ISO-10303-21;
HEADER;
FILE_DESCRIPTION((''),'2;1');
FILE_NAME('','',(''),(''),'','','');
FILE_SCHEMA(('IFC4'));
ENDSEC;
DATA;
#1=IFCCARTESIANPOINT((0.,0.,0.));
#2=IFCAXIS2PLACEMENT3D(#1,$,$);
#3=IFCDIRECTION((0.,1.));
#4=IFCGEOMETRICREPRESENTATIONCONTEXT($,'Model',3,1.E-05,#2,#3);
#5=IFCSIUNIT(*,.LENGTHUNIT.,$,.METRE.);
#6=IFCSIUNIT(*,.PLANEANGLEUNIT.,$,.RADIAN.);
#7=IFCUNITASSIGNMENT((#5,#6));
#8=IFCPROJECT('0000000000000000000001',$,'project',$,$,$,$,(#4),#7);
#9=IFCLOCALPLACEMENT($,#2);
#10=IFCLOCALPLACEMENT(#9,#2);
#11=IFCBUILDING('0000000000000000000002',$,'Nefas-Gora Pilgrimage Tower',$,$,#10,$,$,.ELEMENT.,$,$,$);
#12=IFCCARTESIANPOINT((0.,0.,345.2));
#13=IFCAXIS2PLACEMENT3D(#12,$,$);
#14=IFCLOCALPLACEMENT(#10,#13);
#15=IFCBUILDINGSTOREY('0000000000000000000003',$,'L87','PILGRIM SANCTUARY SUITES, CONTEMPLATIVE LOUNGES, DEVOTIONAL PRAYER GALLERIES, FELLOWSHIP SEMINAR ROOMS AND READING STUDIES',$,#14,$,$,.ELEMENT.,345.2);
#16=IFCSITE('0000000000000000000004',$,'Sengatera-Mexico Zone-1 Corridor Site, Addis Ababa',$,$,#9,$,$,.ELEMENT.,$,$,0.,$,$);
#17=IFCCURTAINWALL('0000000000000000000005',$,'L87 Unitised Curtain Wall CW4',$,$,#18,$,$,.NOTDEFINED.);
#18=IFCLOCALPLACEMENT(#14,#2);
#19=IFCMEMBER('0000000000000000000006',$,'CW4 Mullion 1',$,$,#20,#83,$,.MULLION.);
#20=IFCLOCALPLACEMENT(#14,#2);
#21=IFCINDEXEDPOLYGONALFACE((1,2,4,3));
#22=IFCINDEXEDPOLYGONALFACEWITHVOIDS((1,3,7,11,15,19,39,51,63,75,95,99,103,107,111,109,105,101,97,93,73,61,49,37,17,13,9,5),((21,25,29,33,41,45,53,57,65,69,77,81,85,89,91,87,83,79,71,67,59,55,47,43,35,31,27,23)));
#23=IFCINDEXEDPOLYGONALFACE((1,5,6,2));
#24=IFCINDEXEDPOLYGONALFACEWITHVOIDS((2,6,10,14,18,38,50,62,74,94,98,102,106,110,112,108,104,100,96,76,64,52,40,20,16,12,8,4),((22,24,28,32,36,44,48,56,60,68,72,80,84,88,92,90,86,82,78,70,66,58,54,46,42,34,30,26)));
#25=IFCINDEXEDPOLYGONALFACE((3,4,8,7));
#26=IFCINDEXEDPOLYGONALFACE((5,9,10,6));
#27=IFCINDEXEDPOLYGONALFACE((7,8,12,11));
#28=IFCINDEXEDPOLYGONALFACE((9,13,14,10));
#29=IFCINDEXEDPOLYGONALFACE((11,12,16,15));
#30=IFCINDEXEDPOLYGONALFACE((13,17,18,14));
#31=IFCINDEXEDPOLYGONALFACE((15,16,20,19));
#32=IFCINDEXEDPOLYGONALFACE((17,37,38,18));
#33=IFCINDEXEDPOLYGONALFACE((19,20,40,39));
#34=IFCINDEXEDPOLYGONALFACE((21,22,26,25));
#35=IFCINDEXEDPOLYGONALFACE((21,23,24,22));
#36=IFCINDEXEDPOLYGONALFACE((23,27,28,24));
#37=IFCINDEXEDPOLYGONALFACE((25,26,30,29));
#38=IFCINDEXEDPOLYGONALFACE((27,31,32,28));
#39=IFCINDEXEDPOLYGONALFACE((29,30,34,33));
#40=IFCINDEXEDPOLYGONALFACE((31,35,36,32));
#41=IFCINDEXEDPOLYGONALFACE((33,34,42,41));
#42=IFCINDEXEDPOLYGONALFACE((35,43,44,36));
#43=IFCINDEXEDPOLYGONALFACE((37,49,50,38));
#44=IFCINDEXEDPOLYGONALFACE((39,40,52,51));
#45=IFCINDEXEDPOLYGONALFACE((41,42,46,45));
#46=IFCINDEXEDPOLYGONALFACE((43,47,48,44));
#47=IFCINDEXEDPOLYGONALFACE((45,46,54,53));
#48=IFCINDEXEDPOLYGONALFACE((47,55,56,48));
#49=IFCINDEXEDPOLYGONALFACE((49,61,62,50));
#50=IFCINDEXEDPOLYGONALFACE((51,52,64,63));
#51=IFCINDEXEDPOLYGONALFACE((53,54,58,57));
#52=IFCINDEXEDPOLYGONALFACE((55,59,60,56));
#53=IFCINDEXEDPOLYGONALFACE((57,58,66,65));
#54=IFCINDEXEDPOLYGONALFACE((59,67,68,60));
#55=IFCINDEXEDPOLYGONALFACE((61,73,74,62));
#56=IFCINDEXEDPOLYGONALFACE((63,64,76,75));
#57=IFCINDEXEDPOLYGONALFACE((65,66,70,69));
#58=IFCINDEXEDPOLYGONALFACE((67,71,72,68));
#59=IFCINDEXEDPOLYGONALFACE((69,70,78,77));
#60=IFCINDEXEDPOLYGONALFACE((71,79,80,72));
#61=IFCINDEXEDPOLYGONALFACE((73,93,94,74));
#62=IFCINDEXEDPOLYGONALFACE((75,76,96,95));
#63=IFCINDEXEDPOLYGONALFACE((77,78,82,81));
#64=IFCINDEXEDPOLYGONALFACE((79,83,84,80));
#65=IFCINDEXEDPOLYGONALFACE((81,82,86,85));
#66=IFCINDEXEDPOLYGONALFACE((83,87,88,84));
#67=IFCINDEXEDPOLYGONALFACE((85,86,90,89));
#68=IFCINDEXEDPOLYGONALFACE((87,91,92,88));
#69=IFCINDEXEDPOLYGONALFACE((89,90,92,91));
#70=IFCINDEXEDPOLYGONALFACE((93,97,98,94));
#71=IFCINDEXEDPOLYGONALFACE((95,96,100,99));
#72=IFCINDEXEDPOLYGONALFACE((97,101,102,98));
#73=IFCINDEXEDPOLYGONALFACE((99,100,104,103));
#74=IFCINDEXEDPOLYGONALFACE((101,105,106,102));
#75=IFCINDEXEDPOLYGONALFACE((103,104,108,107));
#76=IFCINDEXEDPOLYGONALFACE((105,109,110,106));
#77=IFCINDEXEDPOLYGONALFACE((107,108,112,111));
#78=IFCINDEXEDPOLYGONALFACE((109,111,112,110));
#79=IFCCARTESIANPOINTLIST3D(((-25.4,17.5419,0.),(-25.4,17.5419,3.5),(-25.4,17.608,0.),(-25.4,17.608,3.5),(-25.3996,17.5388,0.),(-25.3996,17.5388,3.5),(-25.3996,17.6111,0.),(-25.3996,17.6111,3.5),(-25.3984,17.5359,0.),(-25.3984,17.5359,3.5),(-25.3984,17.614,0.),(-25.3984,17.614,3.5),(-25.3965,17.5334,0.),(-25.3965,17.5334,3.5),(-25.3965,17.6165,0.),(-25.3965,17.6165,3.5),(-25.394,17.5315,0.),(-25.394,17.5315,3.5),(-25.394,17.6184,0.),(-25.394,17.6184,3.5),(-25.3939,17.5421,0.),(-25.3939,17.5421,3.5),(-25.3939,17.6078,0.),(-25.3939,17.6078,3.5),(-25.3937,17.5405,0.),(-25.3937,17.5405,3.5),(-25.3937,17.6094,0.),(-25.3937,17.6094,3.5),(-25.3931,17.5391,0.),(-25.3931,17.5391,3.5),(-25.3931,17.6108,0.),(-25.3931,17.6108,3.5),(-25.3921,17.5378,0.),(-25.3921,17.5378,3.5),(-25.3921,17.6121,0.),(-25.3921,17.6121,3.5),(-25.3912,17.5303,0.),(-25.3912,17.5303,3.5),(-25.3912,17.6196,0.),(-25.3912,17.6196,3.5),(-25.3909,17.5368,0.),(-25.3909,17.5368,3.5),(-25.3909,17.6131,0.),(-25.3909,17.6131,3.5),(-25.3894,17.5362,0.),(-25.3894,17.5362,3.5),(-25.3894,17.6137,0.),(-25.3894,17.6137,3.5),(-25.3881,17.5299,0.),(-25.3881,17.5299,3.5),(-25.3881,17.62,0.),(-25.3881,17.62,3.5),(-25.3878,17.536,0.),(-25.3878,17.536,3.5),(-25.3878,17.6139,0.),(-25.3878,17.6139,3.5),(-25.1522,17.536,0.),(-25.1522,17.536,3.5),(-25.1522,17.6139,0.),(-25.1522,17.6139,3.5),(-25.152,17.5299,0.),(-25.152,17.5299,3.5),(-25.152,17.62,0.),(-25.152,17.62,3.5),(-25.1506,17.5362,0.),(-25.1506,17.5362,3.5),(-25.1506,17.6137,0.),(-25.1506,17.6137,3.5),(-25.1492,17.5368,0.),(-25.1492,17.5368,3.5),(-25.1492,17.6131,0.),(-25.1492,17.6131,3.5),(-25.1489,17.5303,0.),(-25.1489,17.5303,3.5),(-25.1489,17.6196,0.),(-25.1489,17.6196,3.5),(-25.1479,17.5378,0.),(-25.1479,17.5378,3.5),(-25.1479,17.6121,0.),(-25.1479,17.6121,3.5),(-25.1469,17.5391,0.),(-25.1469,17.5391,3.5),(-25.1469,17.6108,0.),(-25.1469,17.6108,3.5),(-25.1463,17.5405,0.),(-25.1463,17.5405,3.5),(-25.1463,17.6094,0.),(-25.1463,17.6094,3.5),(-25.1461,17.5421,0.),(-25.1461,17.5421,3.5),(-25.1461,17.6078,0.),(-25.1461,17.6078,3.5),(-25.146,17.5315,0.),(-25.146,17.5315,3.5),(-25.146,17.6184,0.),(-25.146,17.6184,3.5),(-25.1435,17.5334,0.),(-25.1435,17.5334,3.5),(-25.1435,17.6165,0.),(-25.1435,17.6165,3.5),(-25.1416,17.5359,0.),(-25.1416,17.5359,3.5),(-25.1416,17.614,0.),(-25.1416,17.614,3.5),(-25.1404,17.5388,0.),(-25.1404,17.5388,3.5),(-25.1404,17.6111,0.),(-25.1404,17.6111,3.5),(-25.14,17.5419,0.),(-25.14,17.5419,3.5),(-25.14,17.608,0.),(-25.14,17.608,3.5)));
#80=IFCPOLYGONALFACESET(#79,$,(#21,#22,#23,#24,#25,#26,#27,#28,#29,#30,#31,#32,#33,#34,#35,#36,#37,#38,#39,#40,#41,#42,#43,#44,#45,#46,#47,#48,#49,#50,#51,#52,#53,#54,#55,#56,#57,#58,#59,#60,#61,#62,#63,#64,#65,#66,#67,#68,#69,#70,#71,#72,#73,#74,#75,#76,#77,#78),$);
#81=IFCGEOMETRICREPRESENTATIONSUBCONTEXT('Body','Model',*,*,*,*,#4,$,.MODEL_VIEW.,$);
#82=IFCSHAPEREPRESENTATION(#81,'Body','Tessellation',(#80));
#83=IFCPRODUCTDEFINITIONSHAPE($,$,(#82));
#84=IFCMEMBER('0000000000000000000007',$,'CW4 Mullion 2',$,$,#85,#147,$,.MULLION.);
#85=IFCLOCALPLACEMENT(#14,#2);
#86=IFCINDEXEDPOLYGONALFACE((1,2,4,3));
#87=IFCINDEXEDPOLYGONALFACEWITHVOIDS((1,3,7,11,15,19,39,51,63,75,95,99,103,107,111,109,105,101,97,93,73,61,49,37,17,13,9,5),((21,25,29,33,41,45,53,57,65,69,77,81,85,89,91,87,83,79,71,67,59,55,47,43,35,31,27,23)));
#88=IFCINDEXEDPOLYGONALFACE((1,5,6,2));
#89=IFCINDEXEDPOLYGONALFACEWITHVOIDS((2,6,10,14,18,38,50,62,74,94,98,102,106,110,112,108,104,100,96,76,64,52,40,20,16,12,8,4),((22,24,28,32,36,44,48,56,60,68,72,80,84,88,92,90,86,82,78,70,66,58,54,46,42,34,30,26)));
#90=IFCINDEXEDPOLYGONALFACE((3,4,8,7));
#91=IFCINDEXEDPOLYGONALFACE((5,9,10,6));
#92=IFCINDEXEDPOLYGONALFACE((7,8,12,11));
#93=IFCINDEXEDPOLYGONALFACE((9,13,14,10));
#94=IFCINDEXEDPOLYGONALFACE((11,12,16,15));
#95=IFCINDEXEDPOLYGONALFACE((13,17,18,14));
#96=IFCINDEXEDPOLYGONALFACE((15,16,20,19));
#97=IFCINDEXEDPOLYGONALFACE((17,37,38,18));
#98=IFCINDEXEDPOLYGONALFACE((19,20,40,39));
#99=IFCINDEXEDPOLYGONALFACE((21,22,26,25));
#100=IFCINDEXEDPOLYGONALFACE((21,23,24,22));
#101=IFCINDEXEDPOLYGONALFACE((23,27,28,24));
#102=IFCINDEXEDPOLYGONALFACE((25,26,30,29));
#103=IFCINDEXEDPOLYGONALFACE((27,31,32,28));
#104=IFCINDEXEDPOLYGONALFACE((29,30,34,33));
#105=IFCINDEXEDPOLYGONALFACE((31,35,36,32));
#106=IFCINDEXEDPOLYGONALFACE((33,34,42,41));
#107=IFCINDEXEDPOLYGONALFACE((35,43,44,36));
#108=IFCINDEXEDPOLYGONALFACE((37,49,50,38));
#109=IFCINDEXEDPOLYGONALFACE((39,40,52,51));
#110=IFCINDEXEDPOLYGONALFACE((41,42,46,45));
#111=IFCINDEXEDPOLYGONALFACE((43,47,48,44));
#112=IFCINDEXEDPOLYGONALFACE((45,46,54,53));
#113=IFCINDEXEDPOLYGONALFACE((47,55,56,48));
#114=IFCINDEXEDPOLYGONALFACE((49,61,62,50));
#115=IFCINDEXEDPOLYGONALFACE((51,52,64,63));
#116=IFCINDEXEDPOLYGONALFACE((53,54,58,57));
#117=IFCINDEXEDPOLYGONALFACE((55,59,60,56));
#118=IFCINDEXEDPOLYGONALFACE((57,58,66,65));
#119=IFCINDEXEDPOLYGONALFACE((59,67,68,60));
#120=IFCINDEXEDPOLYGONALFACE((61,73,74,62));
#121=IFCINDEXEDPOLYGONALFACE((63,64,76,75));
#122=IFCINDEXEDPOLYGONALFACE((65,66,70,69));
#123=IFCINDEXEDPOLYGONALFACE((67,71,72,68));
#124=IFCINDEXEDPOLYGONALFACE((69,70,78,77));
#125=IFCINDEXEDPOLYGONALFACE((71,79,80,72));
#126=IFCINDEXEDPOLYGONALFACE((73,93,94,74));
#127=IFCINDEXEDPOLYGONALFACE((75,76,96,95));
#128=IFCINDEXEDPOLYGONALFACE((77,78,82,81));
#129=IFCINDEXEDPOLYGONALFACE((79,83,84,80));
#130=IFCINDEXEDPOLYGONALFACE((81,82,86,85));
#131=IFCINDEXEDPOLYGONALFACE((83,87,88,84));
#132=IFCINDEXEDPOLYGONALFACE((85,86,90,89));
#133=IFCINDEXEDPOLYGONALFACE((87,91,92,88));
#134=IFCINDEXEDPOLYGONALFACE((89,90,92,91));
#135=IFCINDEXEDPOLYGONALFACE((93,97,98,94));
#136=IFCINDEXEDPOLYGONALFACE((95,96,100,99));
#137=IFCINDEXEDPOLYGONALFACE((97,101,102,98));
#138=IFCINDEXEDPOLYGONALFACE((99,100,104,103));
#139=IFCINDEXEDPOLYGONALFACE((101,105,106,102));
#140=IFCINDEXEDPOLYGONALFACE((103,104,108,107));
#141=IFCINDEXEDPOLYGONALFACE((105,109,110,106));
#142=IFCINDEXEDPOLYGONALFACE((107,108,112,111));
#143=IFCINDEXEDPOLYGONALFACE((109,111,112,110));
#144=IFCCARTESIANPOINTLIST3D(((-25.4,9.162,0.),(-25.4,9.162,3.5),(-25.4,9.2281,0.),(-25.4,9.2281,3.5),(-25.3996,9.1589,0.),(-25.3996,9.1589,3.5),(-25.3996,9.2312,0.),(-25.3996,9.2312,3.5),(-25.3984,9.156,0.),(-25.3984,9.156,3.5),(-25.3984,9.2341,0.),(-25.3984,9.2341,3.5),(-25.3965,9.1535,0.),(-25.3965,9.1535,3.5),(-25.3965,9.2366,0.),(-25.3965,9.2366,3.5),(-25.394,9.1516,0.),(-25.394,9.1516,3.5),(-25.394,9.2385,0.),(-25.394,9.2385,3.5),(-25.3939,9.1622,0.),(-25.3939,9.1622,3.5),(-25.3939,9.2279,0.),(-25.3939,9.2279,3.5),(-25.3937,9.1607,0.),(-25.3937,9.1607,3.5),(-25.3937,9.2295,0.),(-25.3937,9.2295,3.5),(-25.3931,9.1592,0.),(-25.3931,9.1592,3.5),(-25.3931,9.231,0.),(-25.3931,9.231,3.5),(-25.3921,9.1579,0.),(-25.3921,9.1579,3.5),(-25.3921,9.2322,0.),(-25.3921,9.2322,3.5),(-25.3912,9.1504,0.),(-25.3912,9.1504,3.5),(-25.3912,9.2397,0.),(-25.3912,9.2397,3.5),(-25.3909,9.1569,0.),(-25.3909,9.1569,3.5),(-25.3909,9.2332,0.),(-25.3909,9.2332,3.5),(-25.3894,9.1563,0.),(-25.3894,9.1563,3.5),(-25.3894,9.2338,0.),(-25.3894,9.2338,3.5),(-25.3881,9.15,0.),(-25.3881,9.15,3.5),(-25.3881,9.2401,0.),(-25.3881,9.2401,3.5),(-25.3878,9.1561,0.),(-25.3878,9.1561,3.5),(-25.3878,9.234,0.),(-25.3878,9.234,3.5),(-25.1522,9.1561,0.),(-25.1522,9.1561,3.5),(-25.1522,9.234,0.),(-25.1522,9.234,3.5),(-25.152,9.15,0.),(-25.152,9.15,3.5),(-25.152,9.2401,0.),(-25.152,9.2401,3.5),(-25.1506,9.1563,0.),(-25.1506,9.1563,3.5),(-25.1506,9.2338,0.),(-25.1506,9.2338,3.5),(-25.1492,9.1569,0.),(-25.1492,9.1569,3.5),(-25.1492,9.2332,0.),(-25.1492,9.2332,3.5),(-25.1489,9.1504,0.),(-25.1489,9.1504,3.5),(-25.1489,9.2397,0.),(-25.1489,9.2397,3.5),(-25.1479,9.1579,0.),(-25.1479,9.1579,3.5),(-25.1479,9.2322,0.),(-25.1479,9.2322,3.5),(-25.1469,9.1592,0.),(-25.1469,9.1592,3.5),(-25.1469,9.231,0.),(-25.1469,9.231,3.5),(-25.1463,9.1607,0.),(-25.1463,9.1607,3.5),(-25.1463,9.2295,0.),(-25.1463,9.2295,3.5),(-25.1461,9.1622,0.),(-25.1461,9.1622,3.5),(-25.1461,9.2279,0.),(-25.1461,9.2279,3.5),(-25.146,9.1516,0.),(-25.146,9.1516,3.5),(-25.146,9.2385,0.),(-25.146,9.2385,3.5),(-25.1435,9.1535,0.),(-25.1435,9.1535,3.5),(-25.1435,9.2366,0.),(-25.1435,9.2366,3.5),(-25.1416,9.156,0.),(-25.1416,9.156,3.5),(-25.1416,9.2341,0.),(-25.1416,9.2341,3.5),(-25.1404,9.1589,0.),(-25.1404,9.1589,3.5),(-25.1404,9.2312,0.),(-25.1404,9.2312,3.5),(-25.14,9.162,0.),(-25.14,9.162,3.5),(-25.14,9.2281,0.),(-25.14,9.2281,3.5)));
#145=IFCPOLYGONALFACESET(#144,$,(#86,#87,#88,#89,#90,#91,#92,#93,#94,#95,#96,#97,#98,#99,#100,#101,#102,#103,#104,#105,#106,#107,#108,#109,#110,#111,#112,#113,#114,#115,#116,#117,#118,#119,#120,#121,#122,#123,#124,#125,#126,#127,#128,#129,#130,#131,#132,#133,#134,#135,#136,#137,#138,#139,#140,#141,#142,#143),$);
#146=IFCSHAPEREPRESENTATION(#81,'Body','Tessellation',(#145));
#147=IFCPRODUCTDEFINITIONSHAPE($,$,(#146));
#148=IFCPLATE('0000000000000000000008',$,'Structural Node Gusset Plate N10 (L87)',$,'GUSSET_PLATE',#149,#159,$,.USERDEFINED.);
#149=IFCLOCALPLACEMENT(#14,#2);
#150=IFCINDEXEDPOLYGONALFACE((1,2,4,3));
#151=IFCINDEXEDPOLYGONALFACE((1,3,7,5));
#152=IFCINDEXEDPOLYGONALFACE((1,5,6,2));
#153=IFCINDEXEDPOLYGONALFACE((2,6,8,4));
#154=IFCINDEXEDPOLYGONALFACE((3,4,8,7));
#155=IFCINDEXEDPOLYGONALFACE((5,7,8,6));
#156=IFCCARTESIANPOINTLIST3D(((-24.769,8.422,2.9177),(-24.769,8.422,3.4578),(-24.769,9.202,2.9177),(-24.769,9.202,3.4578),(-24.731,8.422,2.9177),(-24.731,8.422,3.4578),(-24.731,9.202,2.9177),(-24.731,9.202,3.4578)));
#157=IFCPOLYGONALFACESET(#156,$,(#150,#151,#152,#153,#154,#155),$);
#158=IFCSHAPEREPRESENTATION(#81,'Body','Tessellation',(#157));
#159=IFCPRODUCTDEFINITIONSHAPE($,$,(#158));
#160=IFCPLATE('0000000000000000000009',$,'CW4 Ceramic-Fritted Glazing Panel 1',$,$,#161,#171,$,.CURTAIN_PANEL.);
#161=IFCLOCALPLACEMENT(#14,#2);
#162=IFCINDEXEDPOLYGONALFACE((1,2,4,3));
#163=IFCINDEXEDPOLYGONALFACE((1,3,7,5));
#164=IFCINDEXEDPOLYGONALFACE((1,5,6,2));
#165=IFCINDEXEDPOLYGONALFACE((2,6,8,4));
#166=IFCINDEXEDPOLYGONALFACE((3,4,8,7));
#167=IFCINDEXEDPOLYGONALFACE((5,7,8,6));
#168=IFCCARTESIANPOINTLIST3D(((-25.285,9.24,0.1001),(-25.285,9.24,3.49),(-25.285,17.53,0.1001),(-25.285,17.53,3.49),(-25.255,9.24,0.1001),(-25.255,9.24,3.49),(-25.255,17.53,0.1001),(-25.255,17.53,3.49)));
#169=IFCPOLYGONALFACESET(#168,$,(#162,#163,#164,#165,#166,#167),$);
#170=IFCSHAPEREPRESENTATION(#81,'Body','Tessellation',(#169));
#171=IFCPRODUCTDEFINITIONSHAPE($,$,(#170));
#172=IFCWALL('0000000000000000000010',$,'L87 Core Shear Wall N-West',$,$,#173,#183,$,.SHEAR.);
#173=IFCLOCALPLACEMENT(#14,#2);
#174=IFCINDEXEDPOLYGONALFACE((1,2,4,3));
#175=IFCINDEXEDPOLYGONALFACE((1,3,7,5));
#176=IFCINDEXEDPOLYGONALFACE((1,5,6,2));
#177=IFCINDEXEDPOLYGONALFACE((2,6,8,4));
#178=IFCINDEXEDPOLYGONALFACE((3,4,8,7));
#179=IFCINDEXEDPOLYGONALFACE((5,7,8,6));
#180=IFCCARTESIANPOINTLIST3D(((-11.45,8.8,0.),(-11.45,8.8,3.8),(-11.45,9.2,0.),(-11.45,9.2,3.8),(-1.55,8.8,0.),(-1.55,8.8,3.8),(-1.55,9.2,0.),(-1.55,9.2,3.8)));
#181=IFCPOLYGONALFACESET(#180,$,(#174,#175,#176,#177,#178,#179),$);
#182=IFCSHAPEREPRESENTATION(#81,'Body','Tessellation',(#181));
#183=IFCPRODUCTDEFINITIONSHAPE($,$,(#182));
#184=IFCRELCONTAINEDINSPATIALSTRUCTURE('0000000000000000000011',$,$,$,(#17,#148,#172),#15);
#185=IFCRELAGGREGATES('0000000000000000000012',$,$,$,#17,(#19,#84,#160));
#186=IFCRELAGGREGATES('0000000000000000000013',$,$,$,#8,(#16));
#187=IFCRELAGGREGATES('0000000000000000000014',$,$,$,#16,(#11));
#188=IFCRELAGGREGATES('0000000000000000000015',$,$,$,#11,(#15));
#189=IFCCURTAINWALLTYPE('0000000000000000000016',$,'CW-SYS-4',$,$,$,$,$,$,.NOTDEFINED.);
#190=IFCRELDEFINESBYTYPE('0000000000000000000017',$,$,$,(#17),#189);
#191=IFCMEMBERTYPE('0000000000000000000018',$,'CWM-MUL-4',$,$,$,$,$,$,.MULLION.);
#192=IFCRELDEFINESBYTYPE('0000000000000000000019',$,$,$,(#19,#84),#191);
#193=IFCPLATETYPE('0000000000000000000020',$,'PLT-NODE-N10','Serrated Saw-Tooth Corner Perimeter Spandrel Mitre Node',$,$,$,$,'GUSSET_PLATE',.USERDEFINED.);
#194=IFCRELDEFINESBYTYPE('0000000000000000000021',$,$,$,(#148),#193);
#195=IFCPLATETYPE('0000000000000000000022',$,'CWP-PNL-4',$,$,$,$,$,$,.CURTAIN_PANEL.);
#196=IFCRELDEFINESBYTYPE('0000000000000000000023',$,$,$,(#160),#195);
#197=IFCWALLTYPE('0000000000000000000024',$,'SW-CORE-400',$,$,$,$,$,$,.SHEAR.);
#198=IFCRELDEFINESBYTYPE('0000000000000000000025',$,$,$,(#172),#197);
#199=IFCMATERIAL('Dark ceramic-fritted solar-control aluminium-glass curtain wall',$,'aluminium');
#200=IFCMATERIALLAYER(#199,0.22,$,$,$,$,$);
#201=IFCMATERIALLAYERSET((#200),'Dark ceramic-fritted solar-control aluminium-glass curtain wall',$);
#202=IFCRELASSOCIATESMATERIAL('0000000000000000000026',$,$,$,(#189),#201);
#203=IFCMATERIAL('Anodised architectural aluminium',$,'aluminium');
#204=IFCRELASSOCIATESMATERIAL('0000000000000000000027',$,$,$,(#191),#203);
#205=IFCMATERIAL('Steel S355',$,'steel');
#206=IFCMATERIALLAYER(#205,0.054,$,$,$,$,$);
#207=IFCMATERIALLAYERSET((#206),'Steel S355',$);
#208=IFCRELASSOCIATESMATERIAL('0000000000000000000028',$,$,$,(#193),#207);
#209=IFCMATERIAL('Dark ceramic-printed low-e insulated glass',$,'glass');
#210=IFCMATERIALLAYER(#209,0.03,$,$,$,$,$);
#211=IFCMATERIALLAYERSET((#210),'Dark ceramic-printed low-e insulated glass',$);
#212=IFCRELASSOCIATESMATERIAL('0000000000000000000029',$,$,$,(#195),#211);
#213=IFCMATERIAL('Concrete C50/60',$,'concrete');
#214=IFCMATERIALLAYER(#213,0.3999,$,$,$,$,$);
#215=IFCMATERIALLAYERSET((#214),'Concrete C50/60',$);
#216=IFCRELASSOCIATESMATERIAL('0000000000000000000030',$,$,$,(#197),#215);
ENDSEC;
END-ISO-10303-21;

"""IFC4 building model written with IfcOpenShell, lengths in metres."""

from ifc_helpers import new_model, si_unit, direction, frame, frame_2d, origin, origin_2d, place, context, subcontext, project, spatial, rectangle, hollow_rectangle, extrude, source, transform, mapped, material, layer, layer_set, material_profile, profile_set, type_object, element, aggregate, save


model = new_model("IFC4")

# Units and contexts
model_context = context("Model", 3, precision=1e-05, world=origin(), true_north=direction((0.0, 1.0)))
body_context = subcontext(model_context, "Body", "Model", "MODEL_VIEW")
ifc_project = project(units=[si_unit("LENGTHUNIT", "METRE"), si_unit("PLANEANGLEUNIT", "RADIAN")], contexts=[model_context])

# Site, building, storey
site_placement = place(None, origin())
site = spatial("IfcSite", under=ifc_project, at=site_placement, Name="Sengatera-Mexico Zone-1 Corridor Site, Addis Ababa", CompositionType="ELEMENT", RefElevation=0.0)
building_placement = place(site_placement, origin())
building = spatial("IfcBuilding", under=site, at=building_placement, Name="Nefas-Gora Pilgrimage Tower", CompositionType="ELEMENT")
storey_placement = place(building_placement, frame((0.0, 0.0, 345.2)))
storey = spatial("IfcBuildingStorey", under=building, at=storey_placement, Name="L87", Description="PILGRIM SANCTUARY SUITES, CONTEMPLATIVE LOUNGES, DEVOTIONAL PRAYER GALLERIES, FELLOWSHIP SEMINAR ROOMS AND READING STUDIES", CompositionType="ELEMENT", Elevation=345.2)

# Shared definitions
ifc_material_1 = material(Name="Steel S355", Category="steel")

# Curtain wall
ifc_material_2 = material(Name="Dark ceramic-fritted solar-control aluminium-glass curtain wall", Category="aluminium")
ifc_layer_1 = layer(ifc_material_2, 0.22)
ifc_layer_set_1 = layer_set([ifc_layer_1], Name="Dark ceramic-fritted solar-control aluminium-glass curtain wall")
curtain_wall_type = type_object("IfcCurtainWallType", Name="CW-SYS-4", PredefinedType="NOTDEFINED", material=ifc_layer_set_1)
curtain_wall_1_placement = place(storey_placement, origin())
curtain_wall_1 = element("IfcCurtainWall", 1, at=curtain_wall_1_placement, inside=storey, type_object=curtain_wall_type, Name="L87 Unitised Curtain Wall CW4", PredefinedType="NOTDEFINED")
ifc_material_3 = material(Name="Anodised architectural aluminium", Category="aluminium")
ifc_material_profile_1 = material_profile(ifc_material_3, hollow_rectangle(XDim=0.0901, YDim=0.26, WallThickness=0.0061, InnerFilletRadius=0.0061, OuterFilletRadius=0.012, at=origin_2d()), Name="ALU MULLION 90x260")
ifc_profile_set_1 = profile_set([ifc_material_profile_1], Name="Anodised architectural aluminium")
member_type_1 = type_object("IfcMemberType", Name="CWM-MUL-4", PredefinedType="MULLION", material=ifc_profile_set_1)
shared_shape_1 = source(origin(), body_context, "Body", "SweptSolid", [
    extrude(hollow_rectangle(XDim=0.0901, YDim=0.26, WallThickness=0.0061, InnerFilletRadius=0.0061, OuterFilletRadius=0.012, at=origin_2d()), origin(), (0.0, 0.0, 1.0), 3.5),
])

# Members
member_1_placement = place(storey_placement, frame((-25.27, 17.575, 0.0), z_axis=(0.0, 0.0, 1.0), x_axis=(0.0, -1.0, 0.0)))
member_1 = element("IfcMember", 2, at=member_1_placement, type_object=member_type_1, Name="CW4 Mullion 1", PredefinedType="MULLION", context=body_context, shape_type="MappedRepresentation", body=[
    mapped(shared_shape_1, transform((0.0, 0.0, 0.0), x_axis=(1.0, 0.0, 0.0), y_axis=(0.0, 1.0, 0.0), z_axis=(0.0, 0.0, 1.0), scale=1.0)),
])
member_2_placement = place(storey_placement, frame((-25.27, 9.1951, 0.0), z_axis=(0.0, 0.0, 1.0), x_axis=(0.0, -1.0, 0.0)))
member_2 = element("IfcMember", 3, at=member_2_placement, type_object=member_type_1, Name="CW4 Mullion 2", PredefinedType="MULLION", context=body_context, shape_type="MappedRepresentation", body=[
    mapped(shared_shape_1, transform((0.0, 0.0, 0.0), x_axis=(1.0, 0.0, 0.0), y_axis=(0.0, 1.0, 0.0), z_axis=(0.0, 0.0, 1.0), scale=1.0)),
])

# Plates
ifc_layer_2 = layer(ifc_material_1, 0.054)
ifc_layer_set_2 = layer_set([ifc_layer_2], Name="Steel S355")
plate_type_1 = type_object("IfcPlateType", Name="PLT-NODE-N10", Description="Serrated Saw-Tooth Corner Perimeter Spandrel Mitre Node", ElementType="GUSSET_PLATE", PredefinedType="USERDEFINED", material=ifc_layer_set_2)
shared_shape_2 = source(origin(), body_context, "Body", "SweptSolid", [
    extrude(rectangle(XDim=0.78, YDim=0.0381, at=origin_2d()), origin(), (0.0, 0.0, 1.0), 0.54),
])
plate_1_placement = place(storey_placement, frame((-24.75, 8.812, 2.9177), z_axis=(0.0, 0.0, 1.0), x_axis=(0.0, 1.0, 0.0)))
element("IfcPlate", 4, at=plate_1_placement, inside=storey, type_object=plate_type_1, Name="Structural Node Gusset Plate N10 (L87)", ObjectType="GUSSET_PLATE", PredefinedType="USERDEFINED", context=body_context, shape_type="MappedRepresentation", body=[
    mapped(shared_shape_2, transform((0.0, 0.0, 0.0), x_axis=(1.0, 0.0, 0.0), y_axis=(0.0, 1.0, 0.0), z_axis=(0.0, 0.0, 1.0), scale=1.0)),
])
ifc_material_4 = material(Name="Dark ceramic-printed low-e insulated glass", Category="glass")
ifc_layer_3 = layer(ifc_material_4, 0.03)
ifc_layer_set_3 = layer_set([ifc_layer_3], Name="Dark ceramic-printed low-e insulated glass")
plate_type_2 = type_object("IfcPlateType", Name="CWP-PNL-4", PredefinedType="CURTAIN_PANEL", material=ifc_layer_set_3)
shared_shape_3 = source(origin(), body_context, "Body", "SweptSolid", [
    extrude(rectangle(XDim=8.29, YDim=0.03, at=origin_2d()), origin(), (0.0, 0.0, 1.0), 3.3899),
])
plate_2_placement = place(storey_placement, frame((-25.27, 13.385, 0.1001), z_axis=(0.0, 0.0, 1.0), x_axis=(0.0, -1.0, 0.0)))
plate_2 = element("IfcPlate", 5, at=plate_2_placement, type_object=plate_type_2, Name="CW4 Ceramic-Fritted Glazing Panel 1", PredefinedType="CURTAIN_PANEL", context=body_context, shape_type="MappedRepresentation", body=[
    mapped(shared_shape_3, transform((0.0, 0.0, 0.0), x_axis=(1.0, 0.0, 0.0), y_axis=(0.0, 1.0, 0.0), z_axis=(0.0, 0.0, 1.0), scale=1.0)),
])
aggregate(curtain_wall_1, [member_1, member_2, plate_2])

# Wall
ifc_material_5 = material(Name="Concrete C50/60", Category="concrete")
ifc_layer_4 = layer(ifc_material_5, 0.3999)
ifc_layer_set_4 = layer_set([ifc_layer_4], Name="Concrete C50/60")
wall_type_1 = type_object("IfcWallType", Name="SW-CORE-400", PredefinedType="SHEAR", material=ifc_layer_set_4)
shared_shape_4 = source(origin(), body_context, "Body", "SweptSolid", [
    extrude(rectangle(XDim=9.8999, YDim=0.3999, at=frame_2d((4.95, 0.0))), origin(), (0.0, 0.0, 1.0), 3.8),
])
wall_1_placement = place(storey_placement, frame((-11.45, 9.0, 0.0), z_axis=(0.0, 0.0, 1.0), x_axis=(1.0, 0.0, 0.0)))
element("IfcWall", 6, at=wall_1_placement, inside=storey, type_object=wall_type_1, Name="L87 Core Shear Wall N-West", PredefinedType="SHEAR", context=body_context, shape_type="MappedRepresentation", body=[
    mapped(shared_shape_4, transform((0.0, 0.0, 0.0), x_axis=(1.0, 0.0, 0.0), y_axis=(0.0, 1.0, 0.0), z_axis=(0.0, 0.0, 1.0), scale=1.0)),
])

save(model, "model.ifc")
